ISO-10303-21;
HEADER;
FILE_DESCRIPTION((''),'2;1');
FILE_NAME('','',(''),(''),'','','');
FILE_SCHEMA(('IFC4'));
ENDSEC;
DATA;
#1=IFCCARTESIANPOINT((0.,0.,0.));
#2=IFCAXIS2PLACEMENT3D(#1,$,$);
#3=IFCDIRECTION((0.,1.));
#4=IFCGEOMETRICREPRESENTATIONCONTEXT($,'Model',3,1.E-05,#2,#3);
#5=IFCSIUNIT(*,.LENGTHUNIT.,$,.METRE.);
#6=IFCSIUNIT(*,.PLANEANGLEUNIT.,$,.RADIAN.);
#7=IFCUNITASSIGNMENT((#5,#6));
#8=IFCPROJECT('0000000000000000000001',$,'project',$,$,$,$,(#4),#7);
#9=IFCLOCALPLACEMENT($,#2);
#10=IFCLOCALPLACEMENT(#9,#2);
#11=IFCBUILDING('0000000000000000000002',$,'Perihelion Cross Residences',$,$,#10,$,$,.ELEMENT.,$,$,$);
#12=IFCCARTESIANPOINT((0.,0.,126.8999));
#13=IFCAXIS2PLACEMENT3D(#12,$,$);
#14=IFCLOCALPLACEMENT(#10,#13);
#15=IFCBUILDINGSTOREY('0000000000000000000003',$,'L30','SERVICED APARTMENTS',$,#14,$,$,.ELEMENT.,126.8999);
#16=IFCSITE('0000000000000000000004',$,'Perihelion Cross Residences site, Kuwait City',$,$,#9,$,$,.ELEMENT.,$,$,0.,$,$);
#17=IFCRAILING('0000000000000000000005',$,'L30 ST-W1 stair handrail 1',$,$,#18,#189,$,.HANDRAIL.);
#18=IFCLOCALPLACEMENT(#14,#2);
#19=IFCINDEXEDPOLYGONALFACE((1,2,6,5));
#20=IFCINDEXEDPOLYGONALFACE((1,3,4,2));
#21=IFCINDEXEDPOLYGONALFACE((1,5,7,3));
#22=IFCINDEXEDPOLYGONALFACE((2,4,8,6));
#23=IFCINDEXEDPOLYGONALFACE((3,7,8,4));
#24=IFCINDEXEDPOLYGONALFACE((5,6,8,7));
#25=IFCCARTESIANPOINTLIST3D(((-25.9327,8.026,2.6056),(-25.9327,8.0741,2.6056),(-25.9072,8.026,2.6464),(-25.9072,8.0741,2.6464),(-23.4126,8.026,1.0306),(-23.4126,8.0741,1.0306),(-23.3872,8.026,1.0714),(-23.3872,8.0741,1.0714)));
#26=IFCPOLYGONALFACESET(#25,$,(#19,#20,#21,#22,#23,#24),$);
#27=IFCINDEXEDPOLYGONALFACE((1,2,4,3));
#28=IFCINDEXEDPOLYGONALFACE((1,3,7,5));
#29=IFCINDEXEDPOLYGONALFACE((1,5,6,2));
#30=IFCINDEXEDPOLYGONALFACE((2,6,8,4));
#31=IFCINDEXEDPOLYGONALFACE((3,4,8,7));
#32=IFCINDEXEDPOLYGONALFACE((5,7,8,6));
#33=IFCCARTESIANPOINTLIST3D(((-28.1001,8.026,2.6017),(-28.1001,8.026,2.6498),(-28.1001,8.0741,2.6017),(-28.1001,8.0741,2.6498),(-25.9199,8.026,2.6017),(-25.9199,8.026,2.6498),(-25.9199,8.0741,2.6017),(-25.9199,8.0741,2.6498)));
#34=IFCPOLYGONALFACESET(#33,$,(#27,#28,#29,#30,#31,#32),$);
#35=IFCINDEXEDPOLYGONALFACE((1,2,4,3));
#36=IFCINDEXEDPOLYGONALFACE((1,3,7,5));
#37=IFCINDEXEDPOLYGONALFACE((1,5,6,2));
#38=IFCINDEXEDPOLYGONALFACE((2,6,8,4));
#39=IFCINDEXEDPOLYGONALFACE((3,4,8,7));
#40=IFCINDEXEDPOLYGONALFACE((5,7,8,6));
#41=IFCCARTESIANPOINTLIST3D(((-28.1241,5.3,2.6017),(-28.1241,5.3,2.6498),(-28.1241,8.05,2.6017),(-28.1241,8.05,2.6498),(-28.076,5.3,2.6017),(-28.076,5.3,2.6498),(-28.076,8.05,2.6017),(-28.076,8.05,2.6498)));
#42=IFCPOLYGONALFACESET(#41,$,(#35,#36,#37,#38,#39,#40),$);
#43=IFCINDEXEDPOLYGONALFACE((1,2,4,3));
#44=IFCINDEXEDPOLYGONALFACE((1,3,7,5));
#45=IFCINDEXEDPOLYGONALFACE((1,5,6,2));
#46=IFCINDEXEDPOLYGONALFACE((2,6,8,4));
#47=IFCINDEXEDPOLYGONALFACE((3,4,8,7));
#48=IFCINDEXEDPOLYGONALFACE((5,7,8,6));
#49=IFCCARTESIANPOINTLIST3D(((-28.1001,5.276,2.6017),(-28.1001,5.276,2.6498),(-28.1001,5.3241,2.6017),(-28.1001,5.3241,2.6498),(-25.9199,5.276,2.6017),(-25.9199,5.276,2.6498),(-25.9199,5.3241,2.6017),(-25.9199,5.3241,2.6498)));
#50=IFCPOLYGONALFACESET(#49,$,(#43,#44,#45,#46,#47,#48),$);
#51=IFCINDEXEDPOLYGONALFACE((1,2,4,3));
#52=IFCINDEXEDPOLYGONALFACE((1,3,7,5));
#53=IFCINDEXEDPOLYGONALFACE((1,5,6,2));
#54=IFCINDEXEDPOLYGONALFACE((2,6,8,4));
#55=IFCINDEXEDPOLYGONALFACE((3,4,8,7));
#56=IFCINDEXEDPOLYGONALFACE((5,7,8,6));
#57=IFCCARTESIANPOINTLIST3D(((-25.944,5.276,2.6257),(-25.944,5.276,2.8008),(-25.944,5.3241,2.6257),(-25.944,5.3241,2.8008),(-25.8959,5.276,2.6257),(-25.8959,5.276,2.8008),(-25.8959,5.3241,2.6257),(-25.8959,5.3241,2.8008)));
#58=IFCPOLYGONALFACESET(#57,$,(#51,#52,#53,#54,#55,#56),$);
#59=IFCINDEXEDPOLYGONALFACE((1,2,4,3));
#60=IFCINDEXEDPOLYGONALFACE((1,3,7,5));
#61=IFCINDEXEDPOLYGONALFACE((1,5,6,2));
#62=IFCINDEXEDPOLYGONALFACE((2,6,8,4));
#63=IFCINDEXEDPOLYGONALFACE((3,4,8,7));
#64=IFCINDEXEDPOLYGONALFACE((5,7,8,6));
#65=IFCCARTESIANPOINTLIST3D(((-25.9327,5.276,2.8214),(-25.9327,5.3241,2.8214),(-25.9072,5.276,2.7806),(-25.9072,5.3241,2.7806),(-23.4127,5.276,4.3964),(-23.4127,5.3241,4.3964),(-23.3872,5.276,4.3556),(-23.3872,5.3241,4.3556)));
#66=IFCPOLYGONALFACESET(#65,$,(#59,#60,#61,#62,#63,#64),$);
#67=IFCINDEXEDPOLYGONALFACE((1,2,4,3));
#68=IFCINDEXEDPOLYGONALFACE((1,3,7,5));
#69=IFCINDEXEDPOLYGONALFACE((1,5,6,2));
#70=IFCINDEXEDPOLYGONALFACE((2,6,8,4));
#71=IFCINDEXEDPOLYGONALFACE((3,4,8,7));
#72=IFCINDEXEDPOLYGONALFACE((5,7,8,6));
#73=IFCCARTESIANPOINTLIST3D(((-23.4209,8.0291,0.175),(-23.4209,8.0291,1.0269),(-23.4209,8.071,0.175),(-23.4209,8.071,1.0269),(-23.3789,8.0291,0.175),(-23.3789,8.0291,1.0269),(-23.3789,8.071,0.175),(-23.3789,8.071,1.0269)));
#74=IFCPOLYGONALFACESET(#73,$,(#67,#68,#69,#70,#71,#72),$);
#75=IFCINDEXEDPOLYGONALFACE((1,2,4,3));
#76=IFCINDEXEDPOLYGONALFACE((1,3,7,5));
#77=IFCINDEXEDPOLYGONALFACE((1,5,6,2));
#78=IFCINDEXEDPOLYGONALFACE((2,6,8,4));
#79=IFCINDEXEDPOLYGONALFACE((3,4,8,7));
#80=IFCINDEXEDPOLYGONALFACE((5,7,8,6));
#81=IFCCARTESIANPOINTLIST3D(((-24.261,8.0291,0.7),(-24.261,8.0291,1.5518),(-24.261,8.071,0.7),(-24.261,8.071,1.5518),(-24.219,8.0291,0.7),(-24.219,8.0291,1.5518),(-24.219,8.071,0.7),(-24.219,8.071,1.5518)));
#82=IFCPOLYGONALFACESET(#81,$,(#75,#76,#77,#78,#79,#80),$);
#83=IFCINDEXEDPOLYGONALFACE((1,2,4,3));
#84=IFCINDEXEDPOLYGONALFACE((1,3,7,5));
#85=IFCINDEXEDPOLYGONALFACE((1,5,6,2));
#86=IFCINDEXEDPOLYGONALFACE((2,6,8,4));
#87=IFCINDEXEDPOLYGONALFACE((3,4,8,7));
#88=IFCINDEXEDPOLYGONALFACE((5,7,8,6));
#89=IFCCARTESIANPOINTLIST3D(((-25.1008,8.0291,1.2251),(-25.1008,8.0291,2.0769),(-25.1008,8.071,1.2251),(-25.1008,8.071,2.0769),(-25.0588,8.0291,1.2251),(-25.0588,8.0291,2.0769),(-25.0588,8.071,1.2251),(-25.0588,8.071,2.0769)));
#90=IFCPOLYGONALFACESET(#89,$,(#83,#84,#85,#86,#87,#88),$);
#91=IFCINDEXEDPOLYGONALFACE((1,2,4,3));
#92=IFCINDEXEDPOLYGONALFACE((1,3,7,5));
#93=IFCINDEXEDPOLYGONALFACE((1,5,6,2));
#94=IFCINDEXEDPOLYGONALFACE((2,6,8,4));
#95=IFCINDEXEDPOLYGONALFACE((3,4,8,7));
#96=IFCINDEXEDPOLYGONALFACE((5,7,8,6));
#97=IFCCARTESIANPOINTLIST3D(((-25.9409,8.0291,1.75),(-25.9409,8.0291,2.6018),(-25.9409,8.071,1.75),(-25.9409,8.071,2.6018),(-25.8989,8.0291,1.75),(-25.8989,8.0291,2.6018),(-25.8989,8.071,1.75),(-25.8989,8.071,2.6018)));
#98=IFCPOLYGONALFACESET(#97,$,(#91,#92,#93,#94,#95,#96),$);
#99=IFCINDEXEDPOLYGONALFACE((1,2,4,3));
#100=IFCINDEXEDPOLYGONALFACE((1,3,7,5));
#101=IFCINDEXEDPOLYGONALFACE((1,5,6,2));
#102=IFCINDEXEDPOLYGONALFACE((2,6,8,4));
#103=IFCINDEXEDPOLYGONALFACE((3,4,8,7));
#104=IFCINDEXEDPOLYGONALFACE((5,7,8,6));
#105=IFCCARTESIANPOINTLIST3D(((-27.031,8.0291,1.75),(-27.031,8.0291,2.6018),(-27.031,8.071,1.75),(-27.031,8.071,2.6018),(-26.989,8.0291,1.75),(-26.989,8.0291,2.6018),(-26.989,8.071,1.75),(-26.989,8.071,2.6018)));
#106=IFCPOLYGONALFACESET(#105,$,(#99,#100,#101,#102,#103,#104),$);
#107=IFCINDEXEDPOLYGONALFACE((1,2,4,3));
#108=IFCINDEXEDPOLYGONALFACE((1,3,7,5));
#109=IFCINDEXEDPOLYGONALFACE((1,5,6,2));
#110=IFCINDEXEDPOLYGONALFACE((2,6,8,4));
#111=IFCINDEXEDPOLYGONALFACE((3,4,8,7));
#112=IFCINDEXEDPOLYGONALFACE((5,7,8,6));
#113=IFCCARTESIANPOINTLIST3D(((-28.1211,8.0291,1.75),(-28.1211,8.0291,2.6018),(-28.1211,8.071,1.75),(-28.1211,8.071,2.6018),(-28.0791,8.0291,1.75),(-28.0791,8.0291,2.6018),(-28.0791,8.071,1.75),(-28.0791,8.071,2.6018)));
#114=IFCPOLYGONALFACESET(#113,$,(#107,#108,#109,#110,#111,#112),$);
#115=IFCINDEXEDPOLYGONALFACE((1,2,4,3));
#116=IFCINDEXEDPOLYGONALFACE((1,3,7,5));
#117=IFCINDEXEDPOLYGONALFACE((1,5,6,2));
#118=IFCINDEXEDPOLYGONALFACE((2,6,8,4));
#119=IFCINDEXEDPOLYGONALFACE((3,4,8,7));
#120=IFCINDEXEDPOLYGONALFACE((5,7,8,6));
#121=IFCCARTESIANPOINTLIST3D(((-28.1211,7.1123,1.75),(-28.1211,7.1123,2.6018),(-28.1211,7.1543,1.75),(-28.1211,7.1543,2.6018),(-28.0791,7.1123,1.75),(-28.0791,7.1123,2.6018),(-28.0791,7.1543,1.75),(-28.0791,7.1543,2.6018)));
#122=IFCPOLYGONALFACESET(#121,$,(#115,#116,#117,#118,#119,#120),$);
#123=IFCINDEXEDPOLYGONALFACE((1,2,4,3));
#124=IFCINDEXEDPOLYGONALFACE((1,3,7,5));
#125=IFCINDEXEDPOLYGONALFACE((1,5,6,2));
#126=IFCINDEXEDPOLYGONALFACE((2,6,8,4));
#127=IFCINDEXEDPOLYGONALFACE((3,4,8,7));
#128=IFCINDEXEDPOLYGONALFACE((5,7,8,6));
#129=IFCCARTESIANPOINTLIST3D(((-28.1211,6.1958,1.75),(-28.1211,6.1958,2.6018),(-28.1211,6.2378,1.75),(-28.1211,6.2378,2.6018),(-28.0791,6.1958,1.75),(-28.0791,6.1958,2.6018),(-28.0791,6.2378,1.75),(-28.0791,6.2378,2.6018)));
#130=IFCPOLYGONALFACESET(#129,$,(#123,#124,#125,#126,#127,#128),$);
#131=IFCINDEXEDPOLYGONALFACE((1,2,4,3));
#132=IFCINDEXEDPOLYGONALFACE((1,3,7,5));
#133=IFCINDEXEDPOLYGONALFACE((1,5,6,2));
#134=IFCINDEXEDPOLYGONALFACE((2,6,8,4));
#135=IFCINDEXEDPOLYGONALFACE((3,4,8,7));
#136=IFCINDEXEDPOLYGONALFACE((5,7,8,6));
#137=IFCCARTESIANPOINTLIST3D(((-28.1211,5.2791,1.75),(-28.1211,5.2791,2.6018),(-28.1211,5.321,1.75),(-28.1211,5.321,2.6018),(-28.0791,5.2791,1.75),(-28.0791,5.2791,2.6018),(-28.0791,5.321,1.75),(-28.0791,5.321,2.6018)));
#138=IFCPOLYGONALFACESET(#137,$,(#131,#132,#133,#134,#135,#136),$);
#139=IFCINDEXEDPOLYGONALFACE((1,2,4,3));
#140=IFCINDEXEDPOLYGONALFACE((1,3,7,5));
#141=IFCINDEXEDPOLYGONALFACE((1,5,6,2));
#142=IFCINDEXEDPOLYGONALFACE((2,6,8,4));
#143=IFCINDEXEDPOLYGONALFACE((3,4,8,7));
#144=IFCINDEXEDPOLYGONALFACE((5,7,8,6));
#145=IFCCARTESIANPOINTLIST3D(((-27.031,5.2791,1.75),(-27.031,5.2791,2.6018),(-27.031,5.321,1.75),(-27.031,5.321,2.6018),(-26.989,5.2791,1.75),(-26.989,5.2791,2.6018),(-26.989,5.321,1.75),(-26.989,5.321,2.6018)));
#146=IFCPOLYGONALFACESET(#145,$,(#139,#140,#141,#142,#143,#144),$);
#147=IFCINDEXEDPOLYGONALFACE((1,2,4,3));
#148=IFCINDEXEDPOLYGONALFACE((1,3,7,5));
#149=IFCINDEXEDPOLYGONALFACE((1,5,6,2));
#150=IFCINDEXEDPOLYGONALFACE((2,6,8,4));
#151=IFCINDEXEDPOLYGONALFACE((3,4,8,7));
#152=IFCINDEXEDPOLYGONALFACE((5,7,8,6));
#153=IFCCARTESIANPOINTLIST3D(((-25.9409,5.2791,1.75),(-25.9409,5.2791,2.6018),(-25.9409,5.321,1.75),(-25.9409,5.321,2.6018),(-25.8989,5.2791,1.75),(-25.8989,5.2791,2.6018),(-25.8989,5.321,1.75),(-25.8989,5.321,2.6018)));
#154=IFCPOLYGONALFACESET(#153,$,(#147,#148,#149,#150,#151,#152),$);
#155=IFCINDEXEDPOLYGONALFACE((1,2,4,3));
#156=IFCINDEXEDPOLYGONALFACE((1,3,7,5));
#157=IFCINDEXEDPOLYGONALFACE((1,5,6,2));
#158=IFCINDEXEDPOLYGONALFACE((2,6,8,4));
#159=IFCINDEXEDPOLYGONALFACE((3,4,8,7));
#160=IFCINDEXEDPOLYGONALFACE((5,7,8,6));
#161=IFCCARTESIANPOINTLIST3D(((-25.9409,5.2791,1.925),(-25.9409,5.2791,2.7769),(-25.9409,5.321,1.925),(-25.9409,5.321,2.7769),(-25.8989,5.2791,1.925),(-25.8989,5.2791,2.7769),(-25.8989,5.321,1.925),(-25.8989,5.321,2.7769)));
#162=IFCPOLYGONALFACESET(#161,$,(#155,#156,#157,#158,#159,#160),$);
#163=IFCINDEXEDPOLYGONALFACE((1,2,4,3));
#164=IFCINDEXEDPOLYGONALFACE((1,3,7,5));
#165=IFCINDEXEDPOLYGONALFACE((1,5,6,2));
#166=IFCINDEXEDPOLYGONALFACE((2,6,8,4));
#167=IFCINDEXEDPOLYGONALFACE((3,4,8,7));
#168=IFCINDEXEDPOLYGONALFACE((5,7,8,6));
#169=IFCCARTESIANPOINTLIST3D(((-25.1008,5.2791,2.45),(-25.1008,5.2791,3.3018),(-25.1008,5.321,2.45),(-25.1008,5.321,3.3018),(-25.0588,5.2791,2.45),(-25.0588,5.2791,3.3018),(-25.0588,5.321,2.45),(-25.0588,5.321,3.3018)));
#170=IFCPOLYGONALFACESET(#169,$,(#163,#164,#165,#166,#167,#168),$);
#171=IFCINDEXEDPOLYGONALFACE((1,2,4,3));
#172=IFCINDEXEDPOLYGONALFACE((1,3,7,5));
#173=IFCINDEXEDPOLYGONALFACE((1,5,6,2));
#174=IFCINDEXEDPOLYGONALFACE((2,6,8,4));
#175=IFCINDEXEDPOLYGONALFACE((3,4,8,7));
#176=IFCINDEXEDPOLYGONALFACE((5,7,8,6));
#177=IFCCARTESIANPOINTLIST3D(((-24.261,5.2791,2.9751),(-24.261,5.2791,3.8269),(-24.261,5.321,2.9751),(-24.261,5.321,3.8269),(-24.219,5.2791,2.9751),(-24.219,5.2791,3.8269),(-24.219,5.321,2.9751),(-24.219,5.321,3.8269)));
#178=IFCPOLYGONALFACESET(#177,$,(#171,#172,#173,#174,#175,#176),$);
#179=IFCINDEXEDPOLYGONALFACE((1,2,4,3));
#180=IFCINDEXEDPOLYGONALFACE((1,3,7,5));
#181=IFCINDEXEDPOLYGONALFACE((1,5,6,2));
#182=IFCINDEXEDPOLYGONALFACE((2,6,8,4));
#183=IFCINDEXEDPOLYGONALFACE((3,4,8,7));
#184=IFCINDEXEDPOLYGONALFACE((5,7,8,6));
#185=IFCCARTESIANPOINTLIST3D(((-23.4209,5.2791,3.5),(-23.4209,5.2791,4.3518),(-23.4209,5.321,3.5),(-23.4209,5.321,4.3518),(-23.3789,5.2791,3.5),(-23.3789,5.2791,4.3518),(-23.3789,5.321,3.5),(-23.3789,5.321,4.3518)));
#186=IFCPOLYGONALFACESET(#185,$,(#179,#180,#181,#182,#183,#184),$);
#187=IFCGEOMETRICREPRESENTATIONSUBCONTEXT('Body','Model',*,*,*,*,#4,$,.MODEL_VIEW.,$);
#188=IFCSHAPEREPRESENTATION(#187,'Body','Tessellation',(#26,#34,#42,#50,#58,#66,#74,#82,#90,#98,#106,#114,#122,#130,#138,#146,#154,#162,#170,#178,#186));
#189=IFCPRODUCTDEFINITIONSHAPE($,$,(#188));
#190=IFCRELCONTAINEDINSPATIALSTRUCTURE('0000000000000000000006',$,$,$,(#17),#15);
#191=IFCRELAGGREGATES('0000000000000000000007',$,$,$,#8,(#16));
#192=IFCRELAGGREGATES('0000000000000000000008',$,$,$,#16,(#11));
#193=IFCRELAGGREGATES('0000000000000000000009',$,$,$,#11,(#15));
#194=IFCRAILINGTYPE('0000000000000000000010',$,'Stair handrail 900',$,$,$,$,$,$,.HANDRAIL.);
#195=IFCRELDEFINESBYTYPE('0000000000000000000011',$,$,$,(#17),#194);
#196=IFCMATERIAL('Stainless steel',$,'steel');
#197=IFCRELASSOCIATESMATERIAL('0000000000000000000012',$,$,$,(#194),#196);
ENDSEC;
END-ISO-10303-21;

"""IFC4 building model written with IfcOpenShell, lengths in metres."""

from ifc_helpers import new_model, si_unit, direction, frame, origin, origin_2d, place, context, subcontext, project, spatial, rectangle, extrude, material, type_object, element, save


model = new_model("IFC4")

# Units and contexts
model_context = context("Model", 3, precision=1e-05, world=origin(), true_north=direction((0.0, 1.0)))
body_context = subcontext(model_context, "Body", "Model", "MODEL_VIEW")
ifc_project = project(units=[si_unit("LENGTHUNIT", "METRE"), si_unit("PLANEANGLEUNIT", "RADIAN")], contexts=[model_context])

# Site, building, storey
site_placement = place(None, origin())
site = spatial("IfcSite", under=ifc_project, at=site_placement, Name="Perihelion Cross Residences site, Kuwait City", CompositionType="ELEMENT", RefElevation=0.0)
building_placement = place(site_placement, origin())
building = spatial("IfcBuilding", under=site, at=building_placement, Name="Perihelion Cross Residences", CompositionType="ELEMENT")
storey_placement = place(building_placement, frame((0.0, 0.0, 126.8999)))
storey = spatial("IfcBuildingStorey", under=building, at=storey_placement, Name="L30", Description="SERVICED APARTMENTS", CompositionType="ELEMENT", Elevation=126.8999)

# Railing
ifc_material_1 = material(Name="Stainless steel", Category="steel")
railing_type_1 = type_object("IfcRailingType", Name="Stair handrail 900", PredefinedType="HANDRAIL", material=ifc_material_1)
railing_1_placement = place(storey_placement, frame((-23.3999, 8.05, 0.175)))
element("IfcRailing", 1, at=railing_1_placement, inside=storey, type_object=railing_type_1, Name="L30 ST-W1 stair handrail 1", PredefinedType="HANDRAIL", context=body_context, shape_type="SweptSolid", body=[
    extrude(rectangle(XDim=0.0481, YDim=0.0481, at=origin_2d()), frame((0.0, 0.0, 0.876), z_axis=(-0.848008, 0.0, 0.529984), x_axis=(0.0, -1.0, 0.0)), (0.0, 0.0, 1.0), 2.9717),
    extrude(rectangle(XDim=0.0481, YDim=0.0481, at=origin_2d()), frame((-2.52, 0.0, 2.4507), z_axis=(-1.0, 0.0, 0.0), x_axis=(0.0, -1.0, 0.0)), (0.0, 0.0, 1.0), 2.1802),
    extrude(rectangle(XDim=0.0481, YDim=0.0481, at=origin_2d()), frame((-4.7002, 0.0, 2.4507), z_axis=(0.0, -1.0, 0.0), x_axis=(1.0, 0.0, 0.0)), (0.0, 0.0, 1.0), 2.75),
    extrude(rectangle(XDim=0.0481, YDim=0.0481, at=origin_2d()), frame((-4.7002, -2.75, 2.4507), z_axis=(1.0, 0.0, 0.0), x_axis=(0.0, 1.0, 0.0)), (0.0, 0.0, 1.0), 2.1802),
    extrude(rectangle(XDim=0.0481, YDim=0.0481, at=origin_2d()), frame((-2.52, -2.75, 2.4507), z_axis=(0.0, 0.0, 1.0), x_axis=(1.0, 0.0, 0.0)), (0.0, 0.0, 1.0), 0.175),
    extrude(rectangle(XDim=0.0481, YDim=0.0481, at=origin_2d()), frame((-2.52, -2.75, 2.626), z_axis=(0.848008, 0.0, 0.529984), x_axis=(0.0, 1.0, 0.0)), (0.0, 0.0, 1.0), 2.9717),
    extrude(rectangle(XDim=0.042, YDim=0.042, at=origin_2d()), origin(), (0.0, 0.0, 1.0), 0.8518),
    extrude(rectangle(XDim=0.042, YDim=0.042, at=origin_2d()), frame((-0.8401, 0.0, 0.5249)), (0.0, 0.0, 1.0), 0.8518),
    extrude(rectangle(XDim=0.042, YDim=0.042, at=origin_2d()), frame((-1.6799, 0.0, 1.05)), (0.0, 0.0, 1.0), 0.8518),
    extrude(rectangle(XDim=0.042, YDim=0.042, at=origin_2d()), frame((-2.52, 0.0, 1.575)), (0.0, 0.0, 1.0), 0.8518),
    extrude(rectangle(XDim=0.042, YDim=0.042, at=origin_2d()), frame((-3.6101, 0.0, 1.575)), (0.0, 0.0, 1.0), 0.8518),
    extrude(rectangle(XDim=0.042, YDim=0.042, at=origin_2d()), frame((-4.7002, 0.0, 1.575)), (0.0, 0.0, 1.0), 0.8518),
    extrude(rectangle(XDim=0.042, YDim=0.042, at=origin_2d()), frame((-4.7002, -0.9167, 1.575)), (0.0, 0.0, 1.0), 0.8518),
    extrude(rectangle(XDim=0.042, YDim=0.042, at=origin_2d()), frame((-4.7002, -1.8333, 1.575)), (0.0, 0.0, 1.0), 0.8518),
    extrude(rectangle(XDim=0.042, YDim=0.042, at=origin_2d()), frame((-4.7002, -2.75, 1.575)), (0.0, 0.0, 1.0), 0.8518),
    extrude(rectangle(XDim=0.042, YDim=0.042, at=origin_2d()), frame((-3.6101, -2.75, 1.575)), (0.0, 0.0, 1.0), 0.8518),
    extrude(rectangle(XDim=0.042, YDim=0.042, at=origin_2d()), frame((-2.52, -2.75, 1.575)), (0.0, 0.0, 1.0), 0.8518),
    extrude(rectangle(XDim=0.042, YDim=0.042, at=origin_2d()), frame((-2.52, -2.75, 1.75)), (0.0, 0.0, 1.0), 0.8518),
    extrude(rectangle(XDim=0.042, YDim=0.042, at=origin_2d()), frame((-1.6799, -2.75, 2.2749)), (0.0, 0.0, 1.0), 0.8518),
    extrude(rectangle(XDim=0.042, YDim=0.042, at=origin_2d()), frame((-0.8401, -2.75, 2.8)), (0.0, 0.0, 1.0), 0.8518),
    extrude(rectangle(XDim=0.042, YDim=0.042, at=origin_2d()), frame((0.0, -2.75, 3.325)), (0.0, 0.0, 1.0), 0.8518),
])

save(model, "model.ifc")
